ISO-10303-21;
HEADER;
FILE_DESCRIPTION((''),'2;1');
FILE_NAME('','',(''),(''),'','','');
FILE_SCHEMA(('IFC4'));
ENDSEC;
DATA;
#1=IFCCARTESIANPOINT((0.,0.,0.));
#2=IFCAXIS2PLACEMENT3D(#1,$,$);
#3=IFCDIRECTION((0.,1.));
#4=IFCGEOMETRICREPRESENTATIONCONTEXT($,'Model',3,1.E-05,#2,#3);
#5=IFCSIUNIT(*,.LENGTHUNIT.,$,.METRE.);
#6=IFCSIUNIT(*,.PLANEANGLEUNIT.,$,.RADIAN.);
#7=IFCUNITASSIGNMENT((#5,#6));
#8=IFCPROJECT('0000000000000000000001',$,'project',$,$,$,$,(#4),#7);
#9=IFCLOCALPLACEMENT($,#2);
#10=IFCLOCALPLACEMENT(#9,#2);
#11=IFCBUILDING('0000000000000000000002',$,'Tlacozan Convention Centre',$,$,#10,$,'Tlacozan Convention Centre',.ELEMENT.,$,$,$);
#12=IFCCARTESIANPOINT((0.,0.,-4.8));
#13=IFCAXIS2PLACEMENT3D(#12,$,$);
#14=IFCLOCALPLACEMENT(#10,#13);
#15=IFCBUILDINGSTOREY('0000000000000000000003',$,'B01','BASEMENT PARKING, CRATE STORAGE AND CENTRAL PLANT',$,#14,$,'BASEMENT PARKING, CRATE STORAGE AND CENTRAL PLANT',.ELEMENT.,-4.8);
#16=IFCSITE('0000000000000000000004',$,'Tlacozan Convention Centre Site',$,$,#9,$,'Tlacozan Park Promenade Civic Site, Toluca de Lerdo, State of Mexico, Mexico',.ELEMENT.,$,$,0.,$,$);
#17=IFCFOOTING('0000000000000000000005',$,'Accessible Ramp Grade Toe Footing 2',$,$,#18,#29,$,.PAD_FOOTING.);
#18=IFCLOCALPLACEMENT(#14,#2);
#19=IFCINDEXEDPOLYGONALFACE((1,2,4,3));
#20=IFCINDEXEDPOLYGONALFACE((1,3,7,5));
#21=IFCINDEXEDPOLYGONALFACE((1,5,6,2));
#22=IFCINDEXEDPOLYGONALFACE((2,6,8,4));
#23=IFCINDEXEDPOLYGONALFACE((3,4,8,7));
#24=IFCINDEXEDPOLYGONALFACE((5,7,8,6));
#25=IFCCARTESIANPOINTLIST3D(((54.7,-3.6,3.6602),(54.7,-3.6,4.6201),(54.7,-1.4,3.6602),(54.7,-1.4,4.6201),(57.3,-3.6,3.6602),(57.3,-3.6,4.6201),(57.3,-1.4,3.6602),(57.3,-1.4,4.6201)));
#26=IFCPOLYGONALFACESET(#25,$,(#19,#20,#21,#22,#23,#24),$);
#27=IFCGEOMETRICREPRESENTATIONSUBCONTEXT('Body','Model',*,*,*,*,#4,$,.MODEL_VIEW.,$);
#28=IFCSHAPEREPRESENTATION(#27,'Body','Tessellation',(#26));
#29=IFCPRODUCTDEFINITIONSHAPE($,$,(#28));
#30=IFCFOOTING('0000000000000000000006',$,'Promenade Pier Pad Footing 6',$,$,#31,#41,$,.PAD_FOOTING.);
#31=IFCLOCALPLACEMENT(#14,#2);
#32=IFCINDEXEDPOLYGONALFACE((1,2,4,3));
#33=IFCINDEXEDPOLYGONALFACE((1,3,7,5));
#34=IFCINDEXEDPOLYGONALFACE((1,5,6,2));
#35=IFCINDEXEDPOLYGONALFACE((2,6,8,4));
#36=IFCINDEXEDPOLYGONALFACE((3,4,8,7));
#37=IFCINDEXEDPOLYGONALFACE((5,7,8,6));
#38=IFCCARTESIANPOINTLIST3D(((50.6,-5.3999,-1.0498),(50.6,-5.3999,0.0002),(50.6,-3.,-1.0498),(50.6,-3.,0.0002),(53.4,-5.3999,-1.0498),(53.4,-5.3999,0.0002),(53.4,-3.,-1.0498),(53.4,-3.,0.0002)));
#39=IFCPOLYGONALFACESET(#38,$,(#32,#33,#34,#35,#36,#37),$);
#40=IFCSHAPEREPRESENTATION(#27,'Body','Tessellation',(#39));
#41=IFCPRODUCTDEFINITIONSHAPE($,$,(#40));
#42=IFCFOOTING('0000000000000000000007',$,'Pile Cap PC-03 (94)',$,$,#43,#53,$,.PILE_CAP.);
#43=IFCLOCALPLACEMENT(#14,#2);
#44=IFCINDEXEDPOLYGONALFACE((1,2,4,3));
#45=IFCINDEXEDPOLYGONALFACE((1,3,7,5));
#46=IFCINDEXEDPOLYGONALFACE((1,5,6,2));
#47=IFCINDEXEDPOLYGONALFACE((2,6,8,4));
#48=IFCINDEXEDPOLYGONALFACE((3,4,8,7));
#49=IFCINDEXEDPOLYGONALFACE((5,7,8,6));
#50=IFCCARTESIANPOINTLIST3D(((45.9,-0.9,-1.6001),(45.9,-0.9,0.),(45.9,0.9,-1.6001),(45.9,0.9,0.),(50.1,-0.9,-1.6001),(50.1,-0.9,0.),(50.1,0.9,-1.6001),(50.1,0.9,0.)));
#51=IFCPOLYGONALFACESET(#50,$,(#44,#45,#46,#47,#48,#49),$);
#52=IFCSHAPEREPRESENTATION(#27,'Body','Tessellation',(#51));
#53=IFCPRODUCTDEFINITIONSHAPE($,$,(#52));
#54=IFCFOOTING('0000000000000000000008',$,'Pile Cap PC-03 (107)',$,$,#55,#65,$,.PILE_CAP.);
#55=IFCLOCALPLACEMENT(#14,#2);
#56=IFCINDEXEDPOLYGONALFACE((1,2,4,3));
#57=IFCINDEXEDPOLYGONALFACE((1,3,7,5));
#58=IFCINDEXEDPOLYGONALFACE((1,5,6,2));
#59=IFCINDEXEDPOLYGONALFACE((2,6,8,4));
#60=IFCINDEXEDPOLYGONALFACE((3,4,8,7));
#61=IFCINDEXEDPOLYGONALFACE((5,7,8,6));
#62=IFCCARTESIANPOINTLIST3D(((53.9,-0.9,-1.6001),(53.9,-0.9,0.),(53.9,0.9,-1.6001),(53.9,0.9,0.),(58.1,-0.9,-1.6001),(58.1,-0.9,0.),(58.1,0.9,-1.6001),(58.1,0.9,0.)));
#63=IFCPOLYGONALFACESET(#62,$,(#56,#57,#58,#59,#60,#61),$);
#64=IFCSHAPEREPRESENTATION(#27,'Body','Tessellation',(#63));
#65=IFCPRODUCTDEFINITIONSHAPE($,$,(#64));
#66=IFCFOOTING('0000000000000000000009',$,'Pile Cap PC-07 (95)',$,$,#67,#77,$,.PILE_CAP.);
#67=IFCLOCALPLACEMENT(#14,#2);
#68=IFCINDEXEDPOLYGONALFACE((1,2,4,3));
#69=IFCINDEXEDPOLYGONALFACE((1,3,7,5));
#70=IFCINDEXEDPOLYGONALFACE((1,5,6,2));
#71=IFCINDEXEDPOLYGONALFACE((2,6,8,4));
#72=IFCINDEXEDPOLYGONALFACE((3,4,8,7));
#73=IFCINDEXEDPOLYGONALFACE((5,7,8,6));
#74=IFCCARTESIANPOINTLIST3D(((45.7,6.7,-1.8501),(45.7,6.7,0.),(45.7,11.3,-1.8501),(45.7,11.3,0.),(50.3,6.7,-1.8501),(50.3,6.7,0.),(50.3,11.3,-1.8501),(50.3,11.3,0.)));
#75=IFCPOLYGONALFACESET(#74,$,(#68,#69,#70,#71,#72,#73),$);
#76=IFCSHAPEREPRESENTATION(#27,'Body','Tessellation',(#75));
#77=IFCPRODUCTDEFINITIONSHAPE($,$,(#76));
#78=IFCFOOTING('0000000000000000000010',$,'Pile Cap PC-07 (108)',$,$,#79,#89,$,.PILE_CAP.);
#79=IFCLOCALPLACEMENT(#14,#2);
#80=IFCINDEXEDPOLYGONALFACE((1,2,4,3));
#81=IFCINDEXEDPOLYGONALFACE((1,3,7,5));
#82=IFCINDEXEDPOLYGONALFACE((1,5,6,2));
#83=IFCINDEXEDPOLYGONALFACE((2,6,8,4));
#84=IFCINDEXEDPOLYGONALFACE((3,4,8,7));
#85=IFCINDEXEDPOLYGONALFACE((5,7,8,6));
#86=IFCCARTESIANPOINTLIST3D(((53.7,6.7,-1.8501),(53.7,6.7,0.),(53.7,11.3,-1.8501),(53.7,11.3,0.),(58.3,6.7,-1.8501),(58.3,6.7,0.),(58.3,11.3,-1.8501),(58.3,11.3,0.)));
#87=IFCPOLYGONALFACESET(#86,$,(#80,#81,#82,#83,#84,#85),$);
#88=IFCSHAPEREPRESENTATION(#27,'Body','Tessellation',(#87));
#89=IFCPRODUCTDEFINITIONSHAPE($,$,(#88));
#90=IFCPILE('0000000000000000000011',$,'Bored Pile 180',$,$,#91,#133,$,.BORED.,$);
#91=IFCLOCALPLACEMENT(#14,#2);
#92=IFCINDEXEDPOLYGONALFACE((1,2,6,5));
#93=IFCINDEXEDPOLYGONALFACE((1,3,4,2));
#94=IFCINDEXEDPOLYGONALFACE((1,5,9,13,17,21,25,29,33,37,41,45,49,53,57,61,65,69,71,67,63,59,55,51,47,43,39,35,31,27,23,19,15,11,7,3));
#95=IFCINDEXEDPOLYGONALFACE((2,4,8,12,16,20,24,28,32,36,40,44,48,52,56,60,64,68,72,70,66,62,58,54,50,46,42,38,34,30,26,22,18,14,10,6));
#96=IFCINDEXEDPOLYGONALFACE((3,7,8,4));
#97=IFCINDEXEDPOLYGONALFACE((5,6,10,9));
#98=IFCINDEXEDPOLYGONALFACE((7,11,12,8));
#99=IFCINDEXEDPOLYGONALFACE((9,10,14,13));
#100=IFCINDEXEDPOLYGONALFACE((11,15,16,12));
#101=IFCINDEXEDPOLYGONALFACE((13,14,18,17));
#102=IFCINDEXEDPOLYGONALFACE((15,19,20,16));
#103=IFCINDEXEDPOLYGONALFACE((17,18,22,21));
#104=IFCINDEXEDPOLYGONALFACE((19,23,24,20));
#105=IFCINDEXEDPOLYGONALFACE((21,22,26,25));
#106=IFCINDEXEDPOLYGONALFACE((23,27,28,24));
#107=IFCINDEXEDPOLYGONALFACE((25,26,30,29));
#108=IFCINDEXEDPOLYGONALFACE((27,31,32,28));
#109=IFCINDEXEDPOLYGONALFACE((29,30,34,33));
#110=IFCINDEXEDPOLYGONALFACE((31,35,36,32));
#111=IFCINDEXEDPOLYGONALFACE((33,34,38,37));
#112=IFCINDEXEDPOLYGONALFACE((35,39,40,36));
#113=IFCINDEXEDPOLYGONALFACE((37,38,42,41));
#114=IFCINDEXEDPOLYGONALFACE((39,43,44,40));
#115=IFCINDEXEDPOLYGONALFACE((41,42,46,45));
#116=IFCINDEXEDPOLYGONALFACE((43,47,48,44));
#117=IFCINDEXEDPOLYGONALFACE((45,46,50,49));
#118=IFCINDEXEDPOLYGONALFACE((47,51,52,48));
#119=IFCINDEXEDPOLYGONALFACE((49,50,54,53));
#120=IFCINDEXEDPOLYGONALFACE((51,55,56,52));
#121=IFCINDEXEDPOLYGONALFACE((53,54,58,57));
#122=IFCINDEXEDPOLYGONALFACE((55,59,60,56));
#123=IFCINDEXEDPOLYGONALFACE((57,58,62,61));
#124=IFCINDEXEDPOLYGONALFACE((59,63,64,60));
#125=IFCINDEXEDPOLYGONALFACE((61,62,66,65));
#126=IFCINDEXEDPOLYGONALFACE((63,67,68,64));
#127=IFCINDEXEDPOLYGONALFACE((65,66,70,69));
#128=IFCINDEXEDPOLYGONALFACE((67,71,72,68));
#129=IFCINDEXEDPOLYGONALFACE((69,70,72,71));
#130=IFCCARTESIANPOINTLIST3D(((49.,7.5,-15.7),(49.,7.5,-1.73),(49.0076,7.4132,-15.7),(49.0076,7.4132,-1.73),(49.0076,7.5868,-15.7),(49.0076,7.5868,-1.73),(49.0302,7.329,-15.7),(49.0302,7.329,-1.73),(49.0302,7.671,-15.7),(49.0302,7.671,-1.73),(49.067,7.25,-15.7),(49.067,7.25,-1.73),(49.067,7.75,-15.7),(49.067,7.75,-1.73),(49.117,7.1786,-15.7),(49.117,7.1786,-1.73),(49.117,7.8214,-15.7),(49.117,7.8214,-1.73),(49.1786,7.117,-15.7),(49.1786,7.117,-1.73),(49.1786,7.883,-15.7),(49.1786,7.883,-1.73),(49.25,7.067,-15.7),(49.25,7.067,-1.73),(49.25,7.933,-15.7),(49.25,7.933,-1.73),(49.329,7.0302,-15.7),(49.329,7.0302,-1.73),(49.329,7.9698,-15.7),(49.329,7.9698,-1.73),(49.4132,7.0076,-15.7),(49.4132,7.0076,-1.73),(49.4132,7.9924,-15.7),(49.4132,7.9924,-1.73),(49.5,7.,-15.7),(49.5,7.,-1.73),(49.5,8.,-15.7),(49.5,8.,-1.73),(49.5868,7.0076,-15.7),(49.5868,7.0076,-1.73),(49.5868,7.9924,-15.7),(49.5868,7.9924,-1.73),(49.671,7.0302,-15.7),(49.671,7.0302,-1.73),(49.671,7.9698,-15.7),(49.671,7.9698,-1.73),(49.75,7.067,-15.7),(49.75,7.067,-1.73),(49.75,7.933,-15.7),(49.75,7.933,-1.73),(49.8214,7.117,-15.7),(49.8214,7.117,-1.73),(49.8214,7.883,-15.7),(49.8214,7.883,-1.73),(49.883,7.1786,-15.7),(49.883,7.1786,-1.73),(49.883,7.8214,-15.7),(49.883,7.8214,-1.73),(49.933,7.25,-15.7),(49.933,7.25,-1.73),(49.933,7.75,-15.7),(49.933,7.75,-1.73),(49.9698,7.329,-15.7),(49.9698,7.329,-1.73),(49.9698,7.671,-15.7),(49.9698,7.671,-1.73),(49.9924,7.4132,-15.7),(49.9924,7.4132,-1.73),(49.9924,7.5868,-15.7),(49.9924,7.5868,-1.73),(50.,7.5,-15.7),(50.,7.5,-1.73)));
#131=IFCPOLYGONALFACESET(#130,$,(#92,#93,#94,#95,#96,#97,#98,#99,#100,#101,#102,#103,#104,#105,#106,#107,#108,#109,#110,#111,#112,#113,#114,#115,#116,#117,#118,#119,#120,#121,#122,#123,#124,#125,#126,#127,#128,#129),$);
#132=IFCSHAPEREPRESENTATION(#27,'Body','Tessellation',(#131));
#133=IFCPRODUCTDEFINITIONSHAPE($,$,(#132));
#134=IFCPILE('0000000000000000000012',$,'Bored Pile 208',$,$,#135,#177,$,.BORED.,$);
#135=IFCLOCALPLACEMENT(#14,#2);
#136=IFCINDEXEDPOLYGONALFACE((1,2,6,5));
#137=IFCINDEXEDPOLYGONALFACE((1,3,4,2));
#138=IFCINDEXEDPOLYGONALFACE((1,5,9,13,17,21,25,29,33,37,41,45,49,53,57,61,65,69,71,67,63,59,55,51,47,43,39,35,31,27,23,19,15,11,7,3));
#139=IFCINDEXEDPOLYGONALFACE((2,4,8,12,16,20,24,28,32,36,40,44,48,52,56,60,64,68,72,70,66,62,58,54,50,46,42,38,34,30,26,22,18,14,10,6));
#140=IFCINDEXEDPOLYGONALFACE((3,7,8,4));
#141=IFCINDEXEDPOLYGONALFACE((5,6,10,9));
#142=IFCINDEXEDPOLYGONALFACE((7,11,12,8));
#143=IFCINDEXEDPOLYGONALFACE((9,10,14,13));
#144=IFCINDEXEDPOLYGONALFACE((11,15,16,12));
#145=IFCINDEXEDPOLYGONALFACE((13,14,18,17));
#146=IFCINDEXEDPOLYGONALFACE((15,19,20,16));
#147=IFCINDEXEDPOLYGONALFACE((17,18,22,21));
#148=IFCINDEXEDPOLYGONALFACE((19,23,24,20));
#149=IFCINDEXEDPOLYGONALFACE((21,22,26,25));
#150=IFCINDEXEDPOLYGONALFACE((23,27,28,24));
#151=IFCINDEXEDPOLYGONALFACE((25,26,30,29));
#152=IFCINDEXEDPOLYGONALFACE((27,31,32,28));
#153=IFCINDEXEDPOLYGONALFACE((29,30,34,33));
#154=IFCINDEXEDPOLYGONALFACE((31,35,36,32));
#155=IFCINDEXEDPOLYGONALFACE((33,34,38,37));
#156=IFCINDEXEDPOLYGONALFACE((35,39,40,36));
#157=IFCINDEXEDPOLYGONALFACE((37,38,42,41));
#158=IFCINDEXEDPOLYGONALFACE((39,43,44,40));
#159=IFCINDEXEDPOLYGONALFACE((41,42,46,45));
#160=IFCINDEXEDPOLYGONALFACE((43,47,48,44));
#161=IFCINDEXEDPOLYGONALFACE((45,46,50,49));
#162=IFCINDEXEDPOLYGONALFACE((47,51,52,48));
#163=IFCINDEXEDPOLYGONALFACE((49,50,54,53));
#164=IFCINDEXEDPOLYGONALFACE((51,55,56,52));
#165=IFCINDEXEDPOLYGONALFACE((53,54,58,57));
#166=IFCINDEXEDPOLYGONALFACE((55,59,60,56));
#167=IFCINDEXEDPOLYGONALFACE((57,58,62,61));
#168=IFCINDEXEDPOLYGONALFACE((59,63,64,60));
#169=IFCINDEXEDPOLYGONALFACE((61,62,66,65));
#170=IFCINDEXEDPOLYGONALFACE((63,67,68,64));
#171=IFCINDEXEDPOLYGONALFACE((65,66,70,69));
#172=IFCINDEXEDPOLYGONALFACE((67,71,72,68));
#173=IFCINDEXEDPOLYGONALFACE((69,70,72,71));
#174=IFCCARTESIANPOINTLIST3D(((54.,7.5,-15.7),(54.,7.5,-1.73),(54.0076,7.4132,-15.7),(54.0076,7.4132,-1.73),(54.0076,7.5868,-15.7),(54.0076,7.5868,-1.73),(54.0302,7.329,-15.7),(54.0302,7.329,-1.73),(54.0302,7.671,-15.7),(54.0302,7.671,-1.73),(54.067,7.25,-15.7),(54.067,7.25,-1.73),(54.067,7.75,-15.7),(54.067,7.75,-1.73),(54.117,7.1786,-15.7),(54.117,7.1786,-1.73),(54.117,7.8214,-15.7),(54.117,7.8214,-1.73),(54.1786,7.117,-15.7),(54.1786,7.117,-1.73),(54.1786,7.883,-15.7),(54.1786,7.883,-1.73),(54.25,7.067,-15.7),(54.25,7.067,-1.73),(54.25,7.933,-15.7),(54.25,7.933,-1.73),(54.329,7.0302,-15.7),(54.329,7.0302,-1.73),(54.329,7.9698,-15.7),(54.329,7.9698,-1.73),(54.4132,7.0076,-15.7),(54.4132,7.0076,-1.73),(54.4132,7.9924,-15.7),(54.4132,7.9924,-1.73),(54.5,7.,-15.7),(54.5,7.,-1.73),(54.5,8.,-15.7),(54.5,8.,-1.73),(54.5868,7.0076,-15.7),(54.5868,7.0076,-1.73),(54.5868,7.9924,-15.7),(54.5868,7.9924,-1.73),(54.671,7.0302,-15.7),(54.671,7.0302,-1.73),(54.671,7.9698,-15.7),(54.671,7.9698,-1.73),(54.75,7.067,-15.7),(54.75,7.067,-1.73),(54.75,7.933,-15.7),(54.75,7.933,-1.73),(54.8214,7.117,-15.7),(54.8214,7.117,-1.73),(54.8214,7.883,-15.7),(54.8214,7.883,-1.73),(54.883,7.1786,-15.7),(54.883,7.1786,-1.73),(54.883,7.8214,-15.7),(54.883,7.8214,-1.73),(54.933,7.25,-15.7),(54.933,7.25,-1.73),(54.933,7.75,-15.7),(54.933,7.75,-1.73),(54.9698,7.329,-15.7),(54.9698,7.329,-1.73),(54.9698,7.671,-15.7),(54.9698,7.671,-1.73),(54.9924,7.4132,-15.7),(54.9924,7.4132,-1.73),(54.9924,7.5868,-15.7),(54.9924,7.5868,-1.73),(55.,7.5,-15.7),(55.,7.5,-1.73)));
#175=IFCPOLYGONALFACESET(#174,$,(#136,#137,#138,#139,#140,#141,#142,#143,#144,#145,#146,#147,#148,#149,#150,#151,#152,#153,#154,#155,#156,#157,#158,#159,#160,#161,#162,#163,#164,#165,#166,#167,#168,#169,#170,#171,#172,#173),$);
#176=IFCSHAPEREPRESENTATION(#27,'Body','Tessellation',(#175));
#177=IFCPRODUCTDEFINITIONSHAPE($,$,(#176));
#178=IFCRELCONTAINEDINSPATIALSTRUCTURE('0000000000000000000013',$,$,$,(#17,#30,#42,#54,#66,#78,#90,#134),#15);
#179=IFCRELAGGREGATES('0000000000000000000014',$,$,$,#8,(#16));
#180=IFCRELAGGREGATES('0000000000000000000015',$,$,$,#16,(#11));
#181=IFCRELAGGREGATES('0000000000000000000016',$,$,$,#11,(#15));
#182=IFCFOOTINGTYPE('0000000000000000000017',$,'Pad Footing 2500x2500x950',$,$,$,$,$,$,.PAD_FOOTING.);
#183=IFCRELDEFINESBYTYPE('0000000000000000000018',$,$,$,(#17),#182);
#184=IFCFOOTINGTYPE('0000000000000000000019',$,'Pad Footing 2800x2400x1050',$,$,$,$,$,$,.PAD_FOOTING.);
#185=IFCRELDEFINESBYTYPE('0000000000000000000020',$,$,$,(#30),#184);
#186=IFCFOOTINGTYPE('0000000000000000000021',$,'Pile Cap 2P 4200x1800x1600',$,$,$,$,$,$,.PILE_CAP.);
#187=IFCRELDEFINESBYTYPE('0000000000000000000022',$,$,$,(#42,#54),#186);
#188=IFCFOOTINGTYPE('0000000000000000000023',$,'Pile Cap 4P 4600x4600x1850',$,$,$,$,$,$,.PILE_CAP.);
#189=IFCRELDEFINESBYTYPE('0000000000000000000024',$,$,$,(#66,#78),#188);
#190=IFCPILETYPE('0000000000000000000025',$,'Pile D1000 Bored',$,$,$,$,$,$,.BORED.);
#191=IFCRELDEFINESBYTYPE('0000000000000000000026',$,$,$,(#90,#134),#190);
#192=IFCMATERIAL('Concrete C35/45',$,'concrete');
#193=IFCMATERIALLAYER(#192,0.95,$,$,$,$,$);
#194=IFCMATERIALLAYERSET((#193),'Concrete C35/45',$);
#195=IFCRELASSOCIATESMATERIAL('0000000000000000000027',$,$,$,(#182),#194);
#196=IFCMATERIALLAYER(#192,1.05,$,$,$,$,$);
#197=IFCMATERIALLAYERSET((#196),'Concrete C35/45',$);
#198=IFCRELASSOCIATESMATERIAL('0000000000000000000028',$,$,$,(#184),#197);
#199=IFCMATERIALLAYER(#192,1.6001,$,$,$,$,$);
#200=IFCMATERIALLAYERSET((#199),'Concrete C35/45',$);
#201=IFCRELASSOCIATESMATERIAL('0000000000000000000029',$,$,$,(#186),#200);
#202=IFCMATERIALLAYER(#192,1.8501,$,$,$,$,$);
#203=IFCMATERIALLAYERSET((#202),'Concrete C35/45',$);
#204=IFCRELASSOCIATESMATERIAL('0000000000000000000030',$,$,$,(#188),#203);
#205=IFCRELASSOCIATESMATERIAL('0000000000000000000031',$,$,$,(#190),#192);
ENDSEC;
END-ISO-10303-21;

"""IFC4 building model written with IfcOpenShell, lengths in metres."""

from ifc_helpers import new_model, si_unit, direction, frame, origin, origin_2d, place, context, subcontext, project, spatial, rectangle, circle, extrude, material, layer, layer_set, material_profile, profile_set, type_object, element, save


model = new_model("IFC4")

# Units and contexts
model_context = context("Model", 3, precision=1e-05, world=origin(), true_north=direction((0.0, 1.0)))
body_context = subcontext(model_context, "Body", "Model", "MODEL_VIEW")
ifc_project = project(units=[si_unit("LENGTHUNIT", "METRE"), si_unit("PLANEANGLEUNIT", "RADIAN")], contexts=[model_context])

# Site, building, storey
site_placement = place(None, origin())
site = spatial("IfcSite", under=ifc_project, at=site_placement, Name="Tlacozan Convention Centre Site", LongName="Tlacozan Park Promenade Civic Site, Toluca de Lerdo, State of Mexico, Mexico", CompositionType="ELEMENT", RefElevation=0.0)
building_placement = place(site_placement, origin())
building = spatial("IfcBuilding", under=site, at=building_placement, Name="Tlacozan Convention Centre", LongName="Tlacozan Convention Centre", CompositionType="ELEMENT")
storey_placement = place(building_placement, frame((0.0, 0.0, -4.8)))
storey = spatial("IfcBuildingStorey", under=building, at=storey_placement, Name="B01", Description="BASEMENT PARKING, CRATE STORAGE AND CENTRAL PLANT", LongName="BASEMENT PARKING, CRATE STORAGE AND CENTRAL PLANT", CompositionType="ELEMENT", Elevation=-4.8)

# Footings
ifc_material_1 = material(Name="Concrete C35/45", Category="concrete")
ifc_layer_1 = layer(ifc_material_1, 0.95)
ifc_layer_set_1 = layer_set([ifc_layer_1], Name="Concrete C35/45")
footing_type_1 = type_object("IfcFootingType", Name="Pad Footing 2500x2500x950", PredefinedType="PAD_FOOTING", material=ifc_layer_set_1)
footing_1_placement = place(storey_placement, frame((56.0, -2.5, 3.6602), z_axis=(0.0, 0.0, 1.0), x_axis=(1.0, 0.0, 0.0)))
element("IfcFooting", 1, at=footing_1_placement, inside=storey, type_object=footing_type_1, Name="Accessible Ramp Grade Toe Footing 2", PredefinedType="PAD_FOOTING", context=body_context, shape_type="SweptSolid", body=[
    extrude(rectangle(XDim=2.6001, YDim=2.2, at=origin_2d()), origin(), (0.0, 0.0, 1.0), 0.96),
])
ifc_layer_2 = layer(ifc_material_1, 1.05)
ifc_layer_set_2 = layer_set([ifc_layer_2], Name="Concrete C35/45")
footing_type_2 = type_object("IfcFootingType", Name="Pad Footing 2800x2400x1050", PredefinedType="PAD_FOOTING", material=ifc_layer_set_2)
footing_2_placement = place(storey_placement, frame((52.0, -4.2, -1.0498), z_axis=(0.0, 0.0, 1.0), x_axis=(1.0, 0.0, 0.0)))
element("IfcFooting", 2, at=footing_2_placement, inside=storey, type_object=footing_type_2, Name="Promenade Pier Pad Footing 6", PredefinedType="PAD_FOOTING", context=body_context, shape_type="SweptSolid", body=[
    extrude(rectangle(XDim=2.8, YDim=2.3999, at=origin_2d()), origin(), (0.0, 0.0, 1.0), 1.05),
])
ifc_layer_3 = layer(ifc_material_1, 1.6001)
ifc_layer_set_3 = layer_set([ifc_layer_3], Name="Concrete C35/45")
footing_type_3 = type_object("IfcFootingType", Name="Pile Cap 2P 4200x1800x1600", PredefinedType="PILE_CAP", material=ifc_layer_set_3)
for number, where, z_axis, x_axis, name in (
    (3, (48.0, 0.0, -1.6001), (0.0, 0.0, 1.0), (1.0, 0.0, 0.0), "Pile Cap PC-03 (94)"),
    (4, (56.0, 0.0, -1.6001), (0.0, 0.0, 1.0), (1.0, 0.0, 0.0), "Pile Cap PC-03 (107)"),
):
    element("IfcFooting", number, at=place(storey_placement, frame(where, z_axis=z_axis, x_axis=x_axis)), inside=storey, type_object=footing_type_3, Name=name, PredefinedType="PILE_CAP", context=body_context, shape_type="SweptSolid", body=[
        extrude(rectangle(XDim=4.2, YDim=1.8, at=origin_2d()), origin(), (0.0, 0.0, 1.0), 1.6001),
    ])
ifc_layer_4 = layer(ifc_material_1, 1.8501)
ifc_layer_set_4 = layer_set([ifc_layer_4], Name="Concrete C35/45")
footing_type_4 = type_object("IfcFootingType", Name="Pile Cap 4P 4600x4600x1850", PredefinedType="PILE_CAP", material=ifc_layer_set_4)
for number, where, z_axis, x_axis, name in (
    (5, (48.0, 9.0, -1.8501), (0.0, 0.0, 1.0), (1.0, 0.0, 0.0), "Pile Cap PC-07 (95)"),
    (6, (56.0, 9.0, -1.8501), (0.0, 0.0, 1.0), (1.0, 0.0, 0.0), "Pile Cap PC-07 (108)"),
):
    element("IfcFooting", number, at=place(storey_placement, frame(where, z_axis=z_axis, x_axis=x_axis)), inside=storey, type_object=footing_type_4, Name=name, PredefinedType="PILE_CAP", context=body_context, shape_type="SweptSolid", body=[
        extrude(rectangle(XDim=4.6001, YDim=4.6001, at=origin_2d()), origin(), (0.0, 0.0, 1.0), 1.8501),
    ])

# Piles
ifc_material_profile_1 = material_profile(ifc_material_1, circle(Radius=0.5, at=origin_2d()), Name="PILE D1000")
ifc_profile_set_1 = profile_set([ifc_material_profile_1], Name="Concrete C35/45")
pile_type_1 = type_object("IfcPileType", Name="Pile D1000 Bored", PredefinedType="BORED", material=ifc_profile_set_1)
for number, where, z_axis, x_axis, name in (
    (7, (49.5, 7.5, -1.73), (0.0, 0.0, -1.0), (1.0, 0.0, 0.0), "Bored Pile 180"),
    (8, (54.5, 7.5, -1.73), (0.0, 0.0, -1.0), (1.0, 0.0, 0.0), "Bored Pile 208"),
):
    element("IfcPile", number, at=place(storey_placement, frame(where, z_axis=z_axis, x_axis=x_axis)), inside=storey, type_object=pile_type_1, Name=name, PredefinedType="BORED", context=body_context, shape_type="SweptSolid", body=[
        extrude(circle(Radius=0.5, at=origin_2d()), origin(), (0.0, 0.0, 1.0), 13.97),
    ])

save(model, "model.ifc")
